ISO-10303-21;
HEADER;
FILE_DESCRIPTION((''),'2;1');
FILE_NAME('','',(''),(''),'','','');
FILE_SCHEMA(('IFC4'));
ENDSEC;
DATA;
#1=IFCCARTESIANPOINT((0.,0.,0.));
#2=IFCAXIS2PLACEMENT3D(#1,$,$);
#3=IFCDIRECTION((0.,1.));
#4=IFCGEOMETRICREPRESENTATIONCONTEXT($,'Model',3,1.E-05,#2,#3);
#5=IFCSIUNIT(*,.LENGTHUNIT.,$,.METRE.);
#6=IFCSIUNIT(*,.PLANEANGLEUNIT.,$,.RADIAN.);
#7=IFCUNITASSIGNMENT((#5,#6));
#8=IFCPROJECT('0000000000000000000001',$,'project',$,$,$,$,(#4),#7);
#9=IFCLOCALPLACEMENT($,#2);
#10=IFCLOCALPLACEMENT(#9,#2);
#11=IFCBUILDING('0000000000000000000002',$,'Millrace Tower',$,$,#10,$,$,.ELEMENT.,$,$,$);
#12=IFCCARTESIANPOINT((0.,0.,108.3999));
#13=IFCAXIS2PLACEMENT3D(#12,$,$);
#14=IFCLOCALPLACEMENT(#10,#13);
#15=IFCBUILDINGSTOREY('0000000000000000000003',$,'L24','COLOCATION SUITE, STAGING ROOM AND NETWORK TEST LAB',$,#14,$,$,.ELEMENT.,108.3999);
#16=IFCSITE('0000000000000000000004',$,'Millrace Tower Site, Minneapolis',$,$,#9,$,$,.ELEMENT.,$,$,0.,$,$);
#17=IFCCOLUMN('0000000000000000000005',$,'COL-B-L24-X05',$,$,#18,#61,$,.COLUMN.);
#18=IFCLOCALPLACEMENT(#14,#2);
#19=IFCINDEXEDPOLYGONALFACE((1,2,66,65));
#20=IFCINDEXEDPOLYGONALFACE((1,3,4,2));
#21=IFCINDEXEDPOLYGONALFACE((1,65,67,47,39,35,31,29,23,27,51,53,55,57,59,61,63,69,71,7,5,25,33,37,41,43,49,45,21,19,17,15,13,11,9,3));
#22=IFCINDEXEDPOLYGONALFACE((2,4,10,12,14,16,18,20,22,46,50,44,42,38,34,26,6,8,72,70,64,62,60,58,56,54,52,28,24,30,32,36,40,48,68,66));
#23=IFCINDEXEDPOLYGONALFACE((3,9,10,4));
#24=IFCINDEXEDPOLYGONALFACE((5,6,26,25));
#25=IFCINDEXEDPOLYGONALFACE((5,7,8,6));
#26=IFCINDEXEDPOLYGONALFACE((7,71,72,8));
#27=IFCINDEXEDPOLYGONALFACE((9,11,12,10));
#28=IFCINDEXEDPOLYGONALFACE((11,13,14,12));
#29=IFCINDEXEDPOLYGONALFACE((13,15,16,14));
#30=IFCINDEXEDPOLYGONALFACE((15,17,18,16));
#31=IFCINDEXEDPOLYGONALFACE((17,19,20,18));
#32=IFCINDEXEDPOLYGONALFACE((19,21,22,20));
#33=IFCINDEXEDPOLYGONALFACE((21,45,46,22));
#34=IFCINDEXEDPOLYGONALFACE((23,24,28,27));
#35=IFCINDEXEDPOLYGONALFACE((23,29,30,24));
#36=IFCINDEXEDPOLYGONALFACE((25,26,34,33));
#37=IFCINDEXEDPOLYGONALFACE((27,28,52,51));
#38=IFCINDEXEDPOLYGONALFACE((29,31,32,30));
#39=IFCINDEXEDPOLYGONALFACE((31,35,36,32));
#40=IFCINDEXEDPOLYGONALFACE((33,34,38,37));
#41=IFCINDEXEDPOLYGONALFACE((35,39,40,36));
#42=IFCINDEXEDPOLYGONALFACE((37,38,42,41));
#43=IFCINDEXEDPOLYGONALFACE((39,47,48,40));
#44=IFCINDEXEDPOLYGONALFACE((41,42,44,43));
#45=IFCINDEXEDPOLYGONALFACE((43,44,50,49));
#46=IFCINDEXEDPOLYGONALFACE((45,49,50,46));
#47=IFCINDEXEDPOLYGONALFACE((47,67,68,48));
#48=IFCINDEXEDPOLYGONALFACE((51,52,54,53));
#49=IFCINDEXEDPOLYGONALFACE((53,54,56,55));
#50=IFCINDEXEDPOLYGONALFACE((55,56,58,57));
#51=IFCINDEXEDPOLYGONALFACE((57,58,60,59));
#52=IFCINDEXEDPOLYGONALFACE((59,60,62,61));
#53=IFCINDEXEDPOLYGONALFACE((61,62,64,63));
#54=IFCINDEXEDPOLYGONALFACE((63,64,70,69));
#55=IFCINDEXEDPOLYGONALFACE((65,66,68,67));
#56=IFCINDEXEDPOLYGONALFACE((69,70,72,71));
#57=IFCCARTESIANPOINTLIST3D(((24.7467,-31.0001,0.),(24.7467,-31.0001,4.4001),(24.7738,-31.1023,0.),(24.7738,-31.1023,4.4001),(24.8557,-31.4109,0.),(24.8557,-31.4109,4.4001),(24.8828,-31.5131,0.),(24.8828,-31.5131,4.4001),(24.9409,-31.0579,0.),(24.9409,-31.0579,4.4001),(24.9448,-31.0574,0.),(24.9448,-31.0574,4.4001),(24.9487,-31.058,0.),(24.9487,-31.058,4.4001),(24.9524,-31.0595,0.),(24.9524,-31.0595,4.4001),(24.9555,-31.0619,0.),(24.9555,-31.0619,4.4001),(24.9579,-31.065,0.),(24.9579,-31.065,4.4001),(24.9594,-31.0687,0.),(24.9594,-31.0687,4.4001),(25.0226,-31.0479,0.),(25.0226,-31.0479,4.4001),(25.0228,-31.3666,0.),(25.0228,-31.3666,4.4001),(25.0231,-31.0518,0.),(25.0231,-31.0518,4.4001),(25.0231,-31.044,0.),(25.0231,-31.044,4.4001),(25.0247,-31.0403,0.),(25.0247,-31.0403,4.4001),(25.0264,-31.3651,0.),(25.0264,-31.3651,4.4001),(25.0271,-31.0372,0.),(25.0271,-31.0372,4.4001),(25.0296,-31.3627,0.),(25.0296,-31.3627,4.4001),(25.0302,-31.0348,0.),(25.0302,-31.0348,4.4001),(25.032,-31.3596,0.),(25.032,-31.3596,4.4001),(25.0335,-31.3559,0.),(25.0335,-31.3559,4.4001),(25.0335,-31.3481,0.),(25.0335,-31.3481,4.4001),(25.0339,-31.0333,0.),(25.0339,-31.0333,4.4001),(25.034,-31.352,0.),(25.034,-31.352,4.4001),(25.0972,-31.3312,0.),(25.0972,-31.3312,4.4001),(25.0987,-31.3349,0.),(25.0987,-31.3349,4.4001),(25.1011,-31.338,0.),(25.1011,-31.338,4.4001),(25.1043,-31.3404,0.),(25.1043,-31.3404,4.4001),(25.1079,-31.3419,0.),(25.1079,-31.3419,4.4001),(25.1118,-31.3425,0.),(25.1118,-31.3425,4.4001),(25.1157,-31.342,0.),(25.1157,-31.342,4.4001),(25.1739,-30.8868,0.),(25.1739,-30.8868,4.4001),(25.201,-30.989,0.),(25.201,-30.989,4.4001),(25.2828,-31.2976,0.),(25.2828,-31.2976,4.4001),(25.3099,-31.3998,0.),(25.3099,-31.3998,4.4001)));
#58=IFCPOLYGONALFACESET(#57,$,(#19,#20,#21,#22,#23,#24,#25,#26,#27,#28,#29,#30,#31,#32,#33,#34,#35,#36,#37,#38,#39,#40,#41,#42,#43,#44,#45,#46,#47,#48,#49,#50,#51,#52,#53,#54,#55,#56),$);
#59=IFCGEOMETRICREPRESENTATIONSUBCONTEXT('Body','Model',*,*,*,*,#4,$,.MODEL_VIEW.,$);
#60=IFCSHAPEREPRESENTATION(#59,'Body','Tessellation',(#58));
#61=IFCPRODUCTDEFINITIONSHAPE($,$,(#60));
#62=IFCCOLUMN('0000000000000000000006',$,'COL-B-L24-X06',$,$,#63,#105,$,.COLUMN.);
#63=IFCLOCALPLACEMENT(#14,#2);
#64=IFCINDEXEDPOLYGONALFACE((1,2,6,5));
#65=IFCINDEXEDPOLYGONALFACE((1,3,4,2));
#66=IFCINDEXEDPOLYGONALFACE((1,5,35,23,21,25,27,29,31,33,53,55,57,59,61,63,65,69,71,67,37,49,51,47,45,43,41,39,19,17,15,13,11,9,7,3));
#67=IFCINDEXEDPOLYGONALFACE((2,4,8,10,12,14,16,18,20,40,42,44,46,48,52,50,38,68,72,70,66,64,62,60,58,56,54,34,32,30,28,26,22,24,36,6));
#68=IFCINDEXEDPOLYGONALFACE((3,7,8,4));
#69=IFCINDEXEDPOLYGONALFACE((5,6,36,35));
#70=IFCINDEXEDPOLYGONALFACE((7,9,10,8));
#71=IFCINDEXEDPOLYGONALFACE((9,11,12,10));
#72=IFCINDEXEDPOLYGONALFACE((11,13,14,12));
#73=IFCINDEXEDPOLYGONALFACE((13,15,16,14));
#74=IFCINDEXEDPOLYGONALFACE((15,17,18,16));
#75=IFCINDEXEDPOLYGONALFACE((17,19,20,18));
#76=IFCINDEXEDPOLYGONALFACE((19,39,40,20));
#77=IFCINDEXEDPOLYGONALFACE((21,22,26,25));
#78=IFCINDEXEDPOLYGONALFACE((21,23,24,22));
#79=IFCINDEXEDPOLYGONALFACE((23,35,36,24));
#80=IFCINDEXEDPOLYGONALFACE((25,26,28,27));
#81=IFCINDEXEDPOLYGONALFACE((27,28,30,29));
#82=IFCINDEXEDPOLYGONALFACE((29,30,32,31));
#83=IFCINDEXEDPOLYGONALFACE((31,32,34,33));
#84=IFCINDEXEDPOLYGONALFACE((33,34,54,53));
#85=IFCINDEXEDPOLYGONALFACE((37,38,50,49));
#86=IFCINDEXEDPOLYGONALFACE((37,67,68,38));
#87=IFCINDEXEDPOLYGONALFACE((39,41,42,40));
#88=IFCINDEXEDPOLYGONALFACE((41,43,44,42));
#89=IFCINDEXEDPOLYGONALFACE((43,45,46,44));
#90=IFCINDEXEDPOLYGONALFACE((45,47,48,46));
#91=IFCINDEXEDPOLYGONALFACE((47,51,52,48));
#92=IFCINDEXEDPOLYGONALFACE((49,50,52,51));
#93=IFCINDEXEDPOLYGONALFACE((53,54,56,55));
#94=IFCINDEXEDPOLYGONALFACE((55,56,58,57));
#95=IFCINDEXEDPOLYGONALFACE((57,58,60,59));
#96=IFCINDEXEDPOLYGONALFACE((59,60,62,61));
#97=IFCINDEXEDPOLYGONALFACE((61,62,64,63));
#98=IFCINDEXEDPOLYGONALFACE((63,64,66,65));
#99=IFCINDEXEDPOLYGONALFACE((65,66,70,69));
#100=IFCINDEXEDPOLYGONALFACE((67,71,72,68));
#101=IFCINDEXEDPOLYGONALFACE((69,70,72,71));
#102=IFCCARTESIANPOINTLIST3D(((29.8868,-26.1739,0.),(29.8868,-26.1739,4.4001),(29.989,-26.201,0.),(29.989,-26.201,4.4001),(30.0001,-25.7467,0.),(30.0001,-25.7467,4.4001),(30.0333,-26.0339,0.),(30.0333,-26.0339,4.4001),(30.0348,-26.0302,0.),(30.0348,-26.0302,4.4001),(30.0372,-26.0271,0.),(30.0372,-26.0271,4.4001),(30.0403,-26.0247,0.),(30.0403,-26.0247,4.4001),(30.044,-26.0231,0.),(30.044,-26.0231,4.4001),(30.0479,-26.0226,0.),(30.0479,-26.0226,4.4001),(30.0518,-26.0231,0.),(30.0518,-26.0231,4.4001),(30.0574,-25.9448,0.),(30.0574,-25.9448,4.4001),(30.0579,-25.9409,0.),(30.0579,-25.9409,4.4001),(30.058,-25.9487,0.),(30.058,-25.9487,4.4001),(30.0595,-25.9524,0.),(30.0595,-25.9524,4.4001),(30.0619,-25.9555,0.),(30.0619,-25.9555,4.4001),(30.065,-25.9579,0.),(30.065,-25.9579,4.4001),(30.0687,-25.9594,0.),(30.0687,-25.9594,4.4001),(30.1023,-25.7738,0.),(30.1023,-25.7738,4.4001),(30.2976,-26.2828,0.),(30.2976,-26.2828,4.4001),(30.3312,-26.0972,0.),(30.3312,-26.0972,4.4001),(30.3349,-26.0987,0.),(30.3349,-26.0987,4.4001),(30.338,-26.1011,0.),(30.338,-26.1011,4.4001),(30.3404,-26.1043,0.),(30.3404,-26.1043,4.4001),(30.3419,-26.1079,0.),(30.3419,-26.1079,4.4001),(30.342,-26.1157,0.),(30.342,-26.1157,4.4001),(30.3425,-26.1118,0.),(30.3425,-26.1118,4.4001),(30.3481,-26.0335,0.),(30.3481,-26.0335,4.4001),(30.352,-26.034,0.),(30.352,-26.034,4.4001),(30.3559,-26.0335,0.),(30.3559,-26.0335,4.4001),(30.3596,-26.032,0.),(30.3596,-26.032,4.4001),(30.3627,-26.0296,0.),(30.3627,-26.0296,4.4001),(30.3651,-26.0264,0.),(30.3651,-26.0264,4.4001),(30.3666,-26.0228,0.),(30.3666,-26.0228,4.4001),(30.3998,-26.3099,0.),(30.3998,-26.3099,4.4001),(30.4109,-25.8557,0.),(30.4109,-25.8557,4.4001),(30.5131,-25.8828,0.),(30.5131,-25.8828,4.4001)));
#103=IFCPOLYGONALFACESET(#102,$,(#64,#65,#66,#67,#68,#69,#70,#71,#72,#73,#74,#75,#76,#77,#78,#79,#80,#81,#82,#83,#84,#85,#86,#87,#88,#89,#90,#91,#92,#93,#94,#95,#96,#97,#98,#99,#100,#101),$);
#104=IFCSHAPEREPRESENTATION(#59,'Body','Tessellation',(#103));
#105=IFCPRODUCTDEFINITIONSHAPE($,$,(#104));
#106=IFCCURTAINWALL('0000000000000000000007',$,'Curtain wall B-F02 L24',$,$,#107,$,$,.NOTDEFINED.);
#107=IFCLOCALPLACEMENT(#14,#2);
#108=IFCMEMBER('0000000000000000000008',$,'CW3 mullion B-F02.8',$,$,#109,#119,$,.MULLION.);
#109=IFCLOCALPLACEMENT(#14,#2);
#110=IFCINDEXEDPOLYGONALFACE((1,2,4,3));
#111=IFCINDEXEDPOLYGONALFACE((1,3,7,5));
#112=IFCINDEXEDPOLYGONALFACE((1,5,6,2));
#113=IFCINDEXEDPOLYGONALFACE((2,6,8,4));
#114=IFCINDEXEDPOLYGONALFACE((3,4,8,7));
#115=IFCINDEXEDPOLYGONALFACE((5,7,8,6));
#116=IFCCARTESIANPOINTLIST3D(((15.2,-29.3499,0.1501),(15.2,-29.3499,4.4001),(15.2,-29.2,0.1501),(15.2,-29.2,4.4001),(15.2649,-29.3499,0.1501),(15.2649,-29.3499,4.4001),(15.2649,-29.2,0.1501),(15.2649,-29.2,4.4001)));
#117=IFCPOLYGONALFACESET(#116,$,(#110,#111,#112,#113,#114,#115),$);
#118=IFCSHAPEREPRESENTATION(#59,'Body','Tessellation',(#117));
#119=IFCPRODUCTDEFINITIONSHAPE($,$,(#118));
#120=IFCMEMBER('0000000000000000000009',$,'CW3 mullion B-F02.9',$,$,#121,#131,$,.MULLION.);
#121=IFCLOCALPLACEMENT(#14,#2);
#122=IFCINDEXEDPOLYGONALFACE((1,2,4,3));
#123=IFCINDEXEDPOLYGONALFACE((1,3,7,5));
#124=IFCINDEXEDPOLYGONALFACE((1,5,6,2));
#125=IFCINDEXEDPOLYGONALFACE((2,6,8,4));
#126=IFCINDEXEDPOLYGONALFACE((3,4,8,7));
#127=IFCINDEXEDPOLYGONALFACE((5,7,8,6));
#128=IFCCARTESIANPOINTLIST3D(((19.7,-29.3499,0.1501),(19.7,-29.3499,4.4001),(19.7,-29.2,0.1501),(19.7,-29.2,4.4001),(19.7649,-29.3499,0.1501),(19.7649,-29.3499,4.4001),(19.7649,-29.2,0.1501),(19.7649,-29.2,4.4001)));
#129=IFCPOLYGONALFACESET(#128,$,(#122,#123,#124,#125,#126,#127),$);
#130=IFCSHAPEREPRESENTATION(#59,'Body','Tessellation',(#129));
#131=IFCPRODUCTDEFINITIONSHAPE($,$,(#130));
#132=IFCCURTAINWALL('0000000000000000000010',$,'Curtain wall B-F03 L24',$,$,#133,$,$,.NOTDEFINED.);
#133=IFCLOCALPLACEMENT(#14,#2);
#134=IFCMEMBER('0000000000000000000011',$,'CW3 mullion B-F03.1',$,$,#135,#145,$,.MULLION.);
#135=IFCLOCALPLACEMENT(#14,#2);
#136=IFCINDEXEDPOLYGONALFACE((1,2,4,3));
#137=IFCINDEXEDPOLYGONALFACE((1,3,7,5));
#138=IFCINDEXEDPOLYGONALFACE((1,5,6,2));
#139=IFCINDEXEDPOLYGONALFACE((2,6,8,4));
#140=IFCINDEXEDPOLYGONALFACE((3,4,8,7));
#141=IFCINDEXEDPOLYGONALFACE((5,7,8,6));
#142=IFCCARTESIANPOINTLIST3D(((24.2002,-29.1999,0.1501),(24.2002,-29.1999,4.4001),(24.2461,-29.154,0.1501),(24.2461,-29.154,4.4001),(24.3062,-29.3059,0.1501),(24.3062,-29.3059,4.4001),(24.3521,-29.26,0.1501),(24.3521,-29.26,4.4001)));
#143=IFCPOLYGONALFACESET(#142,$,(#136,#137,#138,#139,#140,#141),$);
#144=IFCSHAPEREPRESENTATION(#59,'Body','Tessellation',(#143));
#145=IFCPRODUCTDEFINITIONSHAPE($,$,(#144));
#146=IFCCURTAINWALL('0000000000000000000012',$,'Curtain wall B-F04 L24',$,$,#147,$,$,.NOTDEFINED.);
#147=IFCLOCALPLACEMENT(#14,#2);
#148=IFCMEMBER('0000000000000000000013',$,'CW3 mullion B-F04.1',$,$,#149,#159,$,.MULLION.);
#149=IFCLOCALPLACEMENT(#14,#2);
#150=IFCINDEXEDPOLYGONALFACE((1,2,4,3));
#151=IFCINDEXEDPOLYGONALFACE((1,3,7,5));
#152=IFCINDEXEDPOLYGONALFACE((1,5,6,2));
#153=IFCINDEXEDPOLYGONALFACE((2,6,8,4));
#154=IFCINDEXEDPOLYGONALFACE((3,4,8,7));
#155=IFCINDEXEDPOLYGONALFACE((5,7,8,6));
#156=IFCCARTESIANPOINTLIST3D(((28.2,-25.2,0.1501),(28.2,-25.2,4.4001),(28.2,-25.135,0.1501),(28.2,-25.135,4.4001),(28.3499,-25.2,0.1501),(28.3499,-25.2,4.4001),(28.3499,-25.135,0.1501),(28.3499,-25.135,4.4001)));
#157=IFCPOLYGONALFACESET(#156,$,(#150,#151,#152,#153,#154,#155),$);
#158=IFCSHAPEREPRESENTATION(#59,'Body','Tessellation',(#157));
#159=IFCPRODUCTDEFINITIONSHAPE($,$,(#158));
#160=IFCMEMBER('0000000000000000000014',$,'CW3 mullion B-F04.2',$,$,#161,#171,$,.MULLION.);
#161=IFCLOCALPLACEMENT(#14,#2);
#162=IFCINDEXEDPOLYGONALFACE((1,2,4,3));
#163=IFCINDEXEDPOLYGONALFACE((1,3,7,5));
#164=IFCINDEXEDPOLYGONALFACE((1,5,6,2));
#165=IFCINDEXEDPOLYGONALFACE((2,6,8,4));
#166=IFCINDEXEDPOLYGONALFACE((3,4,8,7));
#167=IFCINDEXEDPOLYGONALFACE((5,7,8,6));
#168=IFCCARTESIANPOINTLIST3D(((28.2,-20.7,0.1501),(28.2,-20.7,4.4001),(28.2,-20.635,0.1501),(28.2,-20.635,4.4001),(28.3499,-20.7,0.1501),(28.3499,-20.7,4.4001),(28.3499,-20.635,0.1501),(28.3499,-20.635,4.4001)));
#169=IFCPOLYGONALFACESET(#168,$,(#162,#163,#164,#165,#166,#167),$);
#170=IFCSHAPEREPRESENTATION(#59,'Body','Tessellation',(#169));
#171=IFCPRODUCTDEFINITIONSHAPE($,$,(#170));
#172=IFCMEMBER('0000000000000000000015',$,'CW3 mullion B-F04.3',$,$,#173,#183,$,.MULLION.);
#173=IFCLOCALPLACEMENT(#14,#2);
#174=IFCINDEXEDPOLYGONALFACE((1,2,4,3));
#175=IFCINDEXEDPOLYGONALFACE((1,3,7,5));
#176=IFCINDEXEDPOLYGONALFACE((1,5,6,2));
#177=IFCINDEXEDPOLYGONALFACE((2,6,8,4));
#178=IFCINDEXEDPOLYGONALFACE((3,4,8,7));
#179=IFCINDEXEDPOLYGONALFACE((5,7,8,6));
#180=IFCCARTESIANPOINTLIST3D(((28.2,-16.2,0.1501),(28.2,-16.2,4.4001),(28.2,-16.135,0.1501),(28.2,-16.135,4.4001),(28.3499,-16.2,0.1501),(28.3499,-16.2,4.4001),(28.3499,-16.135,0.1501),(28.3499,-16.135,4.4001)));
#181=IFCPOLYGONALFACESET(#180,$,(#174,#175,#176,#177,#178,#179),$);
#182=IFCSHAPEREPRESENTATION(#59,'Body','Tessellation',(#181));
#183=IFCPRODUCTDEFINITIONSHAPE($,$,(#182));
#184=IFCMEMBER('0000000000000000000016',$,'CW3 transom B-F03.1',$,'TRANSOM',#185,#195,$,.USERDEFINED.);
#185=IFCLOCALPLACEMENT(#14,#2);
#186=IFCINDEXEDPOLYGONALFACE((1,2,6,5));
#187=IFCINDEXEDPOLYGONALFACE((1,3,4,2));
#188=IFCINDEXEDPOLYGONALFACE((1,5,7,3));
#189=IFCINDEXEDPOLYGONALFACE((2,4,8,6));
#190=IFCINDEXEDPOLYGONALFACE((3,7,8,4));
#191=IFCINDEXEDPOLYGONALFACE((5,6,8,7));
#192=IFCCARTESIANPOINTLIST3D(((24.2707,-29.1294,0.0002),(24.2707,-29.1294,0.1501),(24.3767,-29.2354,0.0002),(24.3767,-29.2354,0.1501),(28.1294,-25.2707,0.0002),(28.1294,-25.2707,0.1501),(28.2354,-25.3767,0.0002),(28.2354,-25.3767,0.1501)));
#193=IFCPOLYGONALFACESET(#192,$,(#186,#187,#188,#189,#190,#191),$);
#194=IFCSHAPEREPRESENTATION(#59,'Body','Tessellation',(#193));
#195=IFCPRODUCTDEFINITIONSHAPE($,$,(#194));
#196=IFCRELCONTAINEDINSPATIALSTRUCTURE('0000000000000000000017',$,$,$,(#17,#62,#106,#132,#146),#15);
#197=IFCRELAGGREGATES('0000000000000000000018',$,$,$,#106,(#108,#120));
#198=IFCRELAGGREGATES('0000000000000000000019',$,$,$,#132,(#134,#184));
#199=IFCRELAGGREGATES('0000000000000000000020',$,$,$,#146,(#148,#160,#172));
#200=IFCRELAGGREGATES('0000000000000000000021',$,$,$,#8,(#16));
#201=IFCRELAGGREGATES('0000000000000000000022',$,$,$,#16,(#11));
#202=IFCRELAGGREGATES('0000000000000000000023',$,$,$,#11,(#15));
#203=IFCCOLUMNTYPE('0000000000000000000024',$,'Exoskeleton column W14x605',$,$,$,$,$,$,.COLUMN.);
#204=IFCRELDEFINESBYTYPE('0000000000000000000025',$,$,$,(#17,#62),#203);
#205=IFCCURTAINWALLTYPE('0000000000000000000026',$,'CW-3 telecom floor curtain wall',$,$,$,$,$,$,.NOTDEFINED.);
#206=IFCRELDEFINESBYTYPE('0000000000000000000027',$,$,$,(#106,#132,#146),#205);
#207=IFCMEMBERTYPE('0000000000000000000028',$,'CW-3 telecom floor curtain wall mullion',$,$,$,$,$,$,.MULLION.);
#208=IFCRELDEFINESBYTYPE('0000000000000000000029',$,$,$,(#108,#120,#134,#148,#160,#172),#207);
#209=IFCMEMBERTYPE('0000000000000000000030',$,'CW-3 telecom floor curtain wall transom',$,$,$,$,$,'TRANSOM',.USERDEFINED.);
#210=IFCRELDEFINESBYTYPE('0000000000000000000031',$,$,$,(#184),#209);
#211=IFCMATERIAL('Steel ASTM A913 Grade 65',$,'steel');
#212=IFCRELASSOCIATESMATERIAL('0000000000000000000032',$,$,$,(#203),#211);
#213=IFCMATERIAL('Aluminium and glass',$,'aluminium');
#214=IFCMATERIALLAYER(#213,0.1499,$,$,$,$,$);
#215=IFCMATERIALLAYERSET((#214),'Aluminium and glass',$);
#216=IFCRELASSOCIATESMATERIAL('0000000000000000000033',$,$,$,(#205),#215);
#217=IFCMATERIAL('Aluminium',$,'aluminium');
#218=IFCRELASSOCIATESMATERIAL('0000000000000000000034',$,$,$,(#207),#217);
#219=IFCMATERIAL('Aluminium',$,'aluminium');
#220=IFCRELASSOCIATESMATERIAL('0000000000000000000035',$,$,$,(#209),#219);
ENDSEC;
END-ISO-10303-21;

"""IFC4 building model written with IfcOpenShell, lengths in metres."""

from ifc_helpers import new_model, si_unit, direction, frame, origin, origin_2d, place, context, subcontext, project, spatial, rectangle, i_section, extrude, material, layer, layer_set, material_profile, profile_set, type_object, element, aggregate, save


model = new_model("IFC4")

# Units and contexts
model_context = context("Model", 3, precision=1e-05, world=origin(), true_north=direction((0.0, 1.0)))
body_context = subcontext(model_context, "Body", "Model", "MODEL_VIEW")
ifc_project = project(units=[si_unit("LENGTHUNIT", "METRE"), si_unit("PLANEANGLEUNIT", "RADIAN")], contexts=[model_context])

# Site, building, storey
site_placement = place(None, origin())
site = spatial("IfcSite", under=ifc_project, at=site_placement, Name="Millrace Tower Site, Minneapolis", CompositionType="ELEMENT", RefElevation=0.0)
building_placement = place(site_placement, origin())
building = spatial("IfcBuilding", under=site, at=building_placement, Name="Millrace Tower", CompositionType="ELEMENT")
storey_placement = place(building_placement, frame((0.0, 0.0, 108.3999)))
storey = spatial("IfcBuildingStorey", under=building, at=storey_placement, Name="L24", Description="COLOCATION SUITE, STAGING ROOM AND NETWORK TEST LAB", CompositionType="ELEMENT", Elevation=108.3999)

# Columns
ifc_material_1 = material(Name="Steel ASTM A913 Grade 65", Category="steel")
ifc_material_profile_1 = material_profile(ifc_material_1, i_section(OverallWidth=0.4419, OverallDepth=0.5308, WebThickness=0.0659, FlangeThickness=0.1057, FilletRadius=0.0151, at=origin_2d()))
ifc_profile_set_1 = profile_set([ifc_material_profile_1], Name="Steel ASTM A913 Grade 65")
column_type = type_object("IfcColumnType", Name="Exoskeleton column W14x605", PredefinedType="COLUMN", material=ifc_profile_set_1)
for number, where, z_axis, x_axis, name in (
    (1, (25.0283, -31.2, 0.0), (0.0, 0.0, 1.0), (0.966585, 0.256347, 0.0), "COL-B-L24-X05"),
    (2, (30.2, -26.0283, 0.0), (0.0, 0.0, 1.0), (0.256347, 0.966585, 0.0), "COL-B-L24-X06"),
):
    element("IfcColumn", number, at=place(storey_placement, frame(where, z_axis=z_axis, x_axis=x_axis)), inside=storey, type_object=column_type, Name=name, PredefinedType="COLUMN", context=body_context, shape_type="SweptSolid", body=[
        extrude(i_section(OverallWidth=0.4419, OverallDepth=0.5308, WebThickness=0.0659, FlangeThickness=0.1057, FilletRadius=0.0151, at=origin_2d()), origin(), (0.0, 0.0, 1.0), 4.4001),
    ])

# Curtain wall, members
ifc_material_2 = material(Name="Aluminium and glass", Category="aluminium")
ifc_layer_1 = layer(ifc_material_2, 0.1499)
ifc_layer_set_1 = layer_set([ifc_layer_1], Name="Aluminium and glass")
curtain_wall_type = type_object("IfcCurtainWallType", Name="CW-3 telecom floor curtain wall", PredefinedType="NOTDEFINED", material=ifc_layer_set_1)
placement = place(storey_placement, origin())
curtain_wall_1 = element("IfcCurtainWall", 3, at=placement, inside=storey, type_object=curtain_wall_type, Name="Curtain wall B-F02 L24", PredefinedType="NOTDEFINED")
ifc_material_3 = material(Name="Aluminium", Category="aluminium")
ifc_material_profile_2 = material_profile(ifc_material_3, rectangle(XDim=0.0649, YDim=0.1499, at=origin_2d()))
ifc_profile_set_2 = profile_set([ifc_material_profile_2], Name="Aluminium")
member_type_1 = type_object("IfcMemberType", Name="CW-3 telecom floor curtain wall mullion", PredefinedType="MULLION", material=ifc_profile_set_2)
member_1_placement = place(storey_placement, frame((15.2324, -29.2749, 0.1501), z_axis=(0.0, 0.0, 1.0), x_axis=(1.0, 0.0, 0.0)))
member_1 = element("IfcMember", 4, at=member_1_placement, type_object=member_type_1, Name="CW3 mullion B-F02.8", PredefinedType="MULLION", context=body_context, shape_type="SweptSolid", body=[
    extrude(rectangle(XDim=0.0649, YDim=0.1499, at=origin_2d()), origin(), (0.0, 0.0, 1.0), 4.25),
])
member_2_placement = place(storey_placement, frame((19.7324, -29.2749, 0.1501), z_axis=(0.0, 0.0, 1.0), x_axis=(1.0, 0.0, 0.0)))
member_2 = element("IfcMember", 5, at=member_2_placement, type_object=member_type_1, Name="CW3 mullion B-F02.9", PredefinedType="MULLION", context=body_context, shape_type="SweptSolid", body=[
    extrude(rectangle(XDim=0.0649, YDim=0.1499, at=origin_2d()), origin(), (0.0, 0.0, 1.0), 4.25),
])
aggregate(curtain_wall_1, [member_1, member_2])

# Curtain wall, member
curtain_wall_2 = element("IfcCurtainWall", 6, at=placement, inside=storey, type_object=curtain_wall_type, Name="Curtain wall B-F03 L24", PredefinedType="NOTDEFINED")
member_3_placement = place(storey_placement, frame((24.2761, -29.23, 0.1501), z_axis=(0.0, 0.0, 1.0), x_axis=(0.707107, 0.707107, 0.0)))
member_3 = element("IfcMember", 7, at=member_3_placement, type_object=member_type_1, Name="CW3 mullion B-F03.1", PredefinedType="MULLION", context=body_context, shape_type="SweptSolid", body=[
    extrude(rectangle(XDim=0.0649, YDim=0.1499, at=origin_2d()), origin(), (0.0, 0.0, 1.0), 4.25),
])

# Curtain wall, members
curtain_wall_3 = element("IfcCurtainWall", 8, at=placement, inside=storey, type_object=curtain_wall_type, Name="Curtain wall B-F04 L24", PredefinedType="NOTDEFINED")
member_4_placement = place(storey_placement, frame((28.2749, -25.1675, 0.1501), z_axis=(0.0, 0.0, 1.0), x_axis=(0.0, 1.0, 0.0)))
member_4 = element("IfcMember", 9, at=member_4_placement, type_object=member_type_1, Name="CW3 mullion B-F04.1", PredefinedType="MULLION", context=body_context, shape_type="SweptSolid", body=[
    extrude(rectangle(XDim=0.0649, YDim=0.1499, at=origin_2d()), origin(), (0.0, 0.0, 1.0), 4.25),
])
member_5_placement = place(storey_placement, frame((28.2749, -20.6675, 0.1501), z_axis=(0.0, 0.0, 1.0), x_axis=(0.0, 1.0, 0.0)))
member_5 = element("IfcMember", 10, at=member_5_placement, type_object=member_type_1, Name="CW3 mullion B-F04.2", PredefinedType="MULLION", context=body_context, shape_type="SweptSolid", body=[
    extrude(rectangle(XDim=0.0649, YDim=0.1499, at=origin_2d()), origin(), (0.0, 0.0, 1.0), 4.25),
])
member_6_placement = place(storey_placement, frame((28.2749, -16.1675, 0.1501), z_axis=(0.0, 0.0, 1.0), x_axis=(0.0, 1.0, 0.0)))
member_6 = element("IfcMember", 11, at=member_6_placement, type_object=member_type_1, Name="CW3 mullion B-F04.3", PredefinedType="MULLION", context=body_context, shape_type="SweptSolid", body=[
    extrude(rectangle(XDim=0.0649, YDim=0.1499, at=origin_2d()), origin(), (0.0, 0.0, 1.0), 4.25),
])

# Member
ifc_material_4 = material(Name="Aluminium", Category="aluminium")
ifc_material_profile_3 = material_profile(ifc_material_4, rectangle(XDim=0.1499, YDim=0.1499, at=origin_2d()))
ifc_profile_set_3 = profile_set([ifc_material_profile_3], Name="Aluminium")
member_type_2 = type_object("IfcMemberType", Name="CW-3 telecom floor curtain wall transom", ElementType="TRANSOM", PredefinedType="USERDEFINED", material=ifc_profile_set_3)
member_7_placement = place(storey_placement, frame((24.3237, -29.1824, 0.0752), z_axis=(0.707107, 0.707107, 0.0), x_axis=(-0.707107, 0.707107, 0.0)))
member_7 = element("IfcMember", 12, at=member_7_placement, type_object=member_type_2, Name="CW3 transom B-F03.1", ObjectType="TRANSOM", PredefinedType="USERDEFINED", context=body_context, shape_type="SweptSolid", body=[
    extrude(rectangle(XDim=0.1499, YDim=0.1499, at=origin_2d()), origin(), (0.0, 0.0, 1.0), 5.457),
])
aggregate(curtain_wall_2, [member_3, member_7])
aggregate(curtain_wall_3, [member_4, member_5, member_6])

save(model, "model.ifc")
